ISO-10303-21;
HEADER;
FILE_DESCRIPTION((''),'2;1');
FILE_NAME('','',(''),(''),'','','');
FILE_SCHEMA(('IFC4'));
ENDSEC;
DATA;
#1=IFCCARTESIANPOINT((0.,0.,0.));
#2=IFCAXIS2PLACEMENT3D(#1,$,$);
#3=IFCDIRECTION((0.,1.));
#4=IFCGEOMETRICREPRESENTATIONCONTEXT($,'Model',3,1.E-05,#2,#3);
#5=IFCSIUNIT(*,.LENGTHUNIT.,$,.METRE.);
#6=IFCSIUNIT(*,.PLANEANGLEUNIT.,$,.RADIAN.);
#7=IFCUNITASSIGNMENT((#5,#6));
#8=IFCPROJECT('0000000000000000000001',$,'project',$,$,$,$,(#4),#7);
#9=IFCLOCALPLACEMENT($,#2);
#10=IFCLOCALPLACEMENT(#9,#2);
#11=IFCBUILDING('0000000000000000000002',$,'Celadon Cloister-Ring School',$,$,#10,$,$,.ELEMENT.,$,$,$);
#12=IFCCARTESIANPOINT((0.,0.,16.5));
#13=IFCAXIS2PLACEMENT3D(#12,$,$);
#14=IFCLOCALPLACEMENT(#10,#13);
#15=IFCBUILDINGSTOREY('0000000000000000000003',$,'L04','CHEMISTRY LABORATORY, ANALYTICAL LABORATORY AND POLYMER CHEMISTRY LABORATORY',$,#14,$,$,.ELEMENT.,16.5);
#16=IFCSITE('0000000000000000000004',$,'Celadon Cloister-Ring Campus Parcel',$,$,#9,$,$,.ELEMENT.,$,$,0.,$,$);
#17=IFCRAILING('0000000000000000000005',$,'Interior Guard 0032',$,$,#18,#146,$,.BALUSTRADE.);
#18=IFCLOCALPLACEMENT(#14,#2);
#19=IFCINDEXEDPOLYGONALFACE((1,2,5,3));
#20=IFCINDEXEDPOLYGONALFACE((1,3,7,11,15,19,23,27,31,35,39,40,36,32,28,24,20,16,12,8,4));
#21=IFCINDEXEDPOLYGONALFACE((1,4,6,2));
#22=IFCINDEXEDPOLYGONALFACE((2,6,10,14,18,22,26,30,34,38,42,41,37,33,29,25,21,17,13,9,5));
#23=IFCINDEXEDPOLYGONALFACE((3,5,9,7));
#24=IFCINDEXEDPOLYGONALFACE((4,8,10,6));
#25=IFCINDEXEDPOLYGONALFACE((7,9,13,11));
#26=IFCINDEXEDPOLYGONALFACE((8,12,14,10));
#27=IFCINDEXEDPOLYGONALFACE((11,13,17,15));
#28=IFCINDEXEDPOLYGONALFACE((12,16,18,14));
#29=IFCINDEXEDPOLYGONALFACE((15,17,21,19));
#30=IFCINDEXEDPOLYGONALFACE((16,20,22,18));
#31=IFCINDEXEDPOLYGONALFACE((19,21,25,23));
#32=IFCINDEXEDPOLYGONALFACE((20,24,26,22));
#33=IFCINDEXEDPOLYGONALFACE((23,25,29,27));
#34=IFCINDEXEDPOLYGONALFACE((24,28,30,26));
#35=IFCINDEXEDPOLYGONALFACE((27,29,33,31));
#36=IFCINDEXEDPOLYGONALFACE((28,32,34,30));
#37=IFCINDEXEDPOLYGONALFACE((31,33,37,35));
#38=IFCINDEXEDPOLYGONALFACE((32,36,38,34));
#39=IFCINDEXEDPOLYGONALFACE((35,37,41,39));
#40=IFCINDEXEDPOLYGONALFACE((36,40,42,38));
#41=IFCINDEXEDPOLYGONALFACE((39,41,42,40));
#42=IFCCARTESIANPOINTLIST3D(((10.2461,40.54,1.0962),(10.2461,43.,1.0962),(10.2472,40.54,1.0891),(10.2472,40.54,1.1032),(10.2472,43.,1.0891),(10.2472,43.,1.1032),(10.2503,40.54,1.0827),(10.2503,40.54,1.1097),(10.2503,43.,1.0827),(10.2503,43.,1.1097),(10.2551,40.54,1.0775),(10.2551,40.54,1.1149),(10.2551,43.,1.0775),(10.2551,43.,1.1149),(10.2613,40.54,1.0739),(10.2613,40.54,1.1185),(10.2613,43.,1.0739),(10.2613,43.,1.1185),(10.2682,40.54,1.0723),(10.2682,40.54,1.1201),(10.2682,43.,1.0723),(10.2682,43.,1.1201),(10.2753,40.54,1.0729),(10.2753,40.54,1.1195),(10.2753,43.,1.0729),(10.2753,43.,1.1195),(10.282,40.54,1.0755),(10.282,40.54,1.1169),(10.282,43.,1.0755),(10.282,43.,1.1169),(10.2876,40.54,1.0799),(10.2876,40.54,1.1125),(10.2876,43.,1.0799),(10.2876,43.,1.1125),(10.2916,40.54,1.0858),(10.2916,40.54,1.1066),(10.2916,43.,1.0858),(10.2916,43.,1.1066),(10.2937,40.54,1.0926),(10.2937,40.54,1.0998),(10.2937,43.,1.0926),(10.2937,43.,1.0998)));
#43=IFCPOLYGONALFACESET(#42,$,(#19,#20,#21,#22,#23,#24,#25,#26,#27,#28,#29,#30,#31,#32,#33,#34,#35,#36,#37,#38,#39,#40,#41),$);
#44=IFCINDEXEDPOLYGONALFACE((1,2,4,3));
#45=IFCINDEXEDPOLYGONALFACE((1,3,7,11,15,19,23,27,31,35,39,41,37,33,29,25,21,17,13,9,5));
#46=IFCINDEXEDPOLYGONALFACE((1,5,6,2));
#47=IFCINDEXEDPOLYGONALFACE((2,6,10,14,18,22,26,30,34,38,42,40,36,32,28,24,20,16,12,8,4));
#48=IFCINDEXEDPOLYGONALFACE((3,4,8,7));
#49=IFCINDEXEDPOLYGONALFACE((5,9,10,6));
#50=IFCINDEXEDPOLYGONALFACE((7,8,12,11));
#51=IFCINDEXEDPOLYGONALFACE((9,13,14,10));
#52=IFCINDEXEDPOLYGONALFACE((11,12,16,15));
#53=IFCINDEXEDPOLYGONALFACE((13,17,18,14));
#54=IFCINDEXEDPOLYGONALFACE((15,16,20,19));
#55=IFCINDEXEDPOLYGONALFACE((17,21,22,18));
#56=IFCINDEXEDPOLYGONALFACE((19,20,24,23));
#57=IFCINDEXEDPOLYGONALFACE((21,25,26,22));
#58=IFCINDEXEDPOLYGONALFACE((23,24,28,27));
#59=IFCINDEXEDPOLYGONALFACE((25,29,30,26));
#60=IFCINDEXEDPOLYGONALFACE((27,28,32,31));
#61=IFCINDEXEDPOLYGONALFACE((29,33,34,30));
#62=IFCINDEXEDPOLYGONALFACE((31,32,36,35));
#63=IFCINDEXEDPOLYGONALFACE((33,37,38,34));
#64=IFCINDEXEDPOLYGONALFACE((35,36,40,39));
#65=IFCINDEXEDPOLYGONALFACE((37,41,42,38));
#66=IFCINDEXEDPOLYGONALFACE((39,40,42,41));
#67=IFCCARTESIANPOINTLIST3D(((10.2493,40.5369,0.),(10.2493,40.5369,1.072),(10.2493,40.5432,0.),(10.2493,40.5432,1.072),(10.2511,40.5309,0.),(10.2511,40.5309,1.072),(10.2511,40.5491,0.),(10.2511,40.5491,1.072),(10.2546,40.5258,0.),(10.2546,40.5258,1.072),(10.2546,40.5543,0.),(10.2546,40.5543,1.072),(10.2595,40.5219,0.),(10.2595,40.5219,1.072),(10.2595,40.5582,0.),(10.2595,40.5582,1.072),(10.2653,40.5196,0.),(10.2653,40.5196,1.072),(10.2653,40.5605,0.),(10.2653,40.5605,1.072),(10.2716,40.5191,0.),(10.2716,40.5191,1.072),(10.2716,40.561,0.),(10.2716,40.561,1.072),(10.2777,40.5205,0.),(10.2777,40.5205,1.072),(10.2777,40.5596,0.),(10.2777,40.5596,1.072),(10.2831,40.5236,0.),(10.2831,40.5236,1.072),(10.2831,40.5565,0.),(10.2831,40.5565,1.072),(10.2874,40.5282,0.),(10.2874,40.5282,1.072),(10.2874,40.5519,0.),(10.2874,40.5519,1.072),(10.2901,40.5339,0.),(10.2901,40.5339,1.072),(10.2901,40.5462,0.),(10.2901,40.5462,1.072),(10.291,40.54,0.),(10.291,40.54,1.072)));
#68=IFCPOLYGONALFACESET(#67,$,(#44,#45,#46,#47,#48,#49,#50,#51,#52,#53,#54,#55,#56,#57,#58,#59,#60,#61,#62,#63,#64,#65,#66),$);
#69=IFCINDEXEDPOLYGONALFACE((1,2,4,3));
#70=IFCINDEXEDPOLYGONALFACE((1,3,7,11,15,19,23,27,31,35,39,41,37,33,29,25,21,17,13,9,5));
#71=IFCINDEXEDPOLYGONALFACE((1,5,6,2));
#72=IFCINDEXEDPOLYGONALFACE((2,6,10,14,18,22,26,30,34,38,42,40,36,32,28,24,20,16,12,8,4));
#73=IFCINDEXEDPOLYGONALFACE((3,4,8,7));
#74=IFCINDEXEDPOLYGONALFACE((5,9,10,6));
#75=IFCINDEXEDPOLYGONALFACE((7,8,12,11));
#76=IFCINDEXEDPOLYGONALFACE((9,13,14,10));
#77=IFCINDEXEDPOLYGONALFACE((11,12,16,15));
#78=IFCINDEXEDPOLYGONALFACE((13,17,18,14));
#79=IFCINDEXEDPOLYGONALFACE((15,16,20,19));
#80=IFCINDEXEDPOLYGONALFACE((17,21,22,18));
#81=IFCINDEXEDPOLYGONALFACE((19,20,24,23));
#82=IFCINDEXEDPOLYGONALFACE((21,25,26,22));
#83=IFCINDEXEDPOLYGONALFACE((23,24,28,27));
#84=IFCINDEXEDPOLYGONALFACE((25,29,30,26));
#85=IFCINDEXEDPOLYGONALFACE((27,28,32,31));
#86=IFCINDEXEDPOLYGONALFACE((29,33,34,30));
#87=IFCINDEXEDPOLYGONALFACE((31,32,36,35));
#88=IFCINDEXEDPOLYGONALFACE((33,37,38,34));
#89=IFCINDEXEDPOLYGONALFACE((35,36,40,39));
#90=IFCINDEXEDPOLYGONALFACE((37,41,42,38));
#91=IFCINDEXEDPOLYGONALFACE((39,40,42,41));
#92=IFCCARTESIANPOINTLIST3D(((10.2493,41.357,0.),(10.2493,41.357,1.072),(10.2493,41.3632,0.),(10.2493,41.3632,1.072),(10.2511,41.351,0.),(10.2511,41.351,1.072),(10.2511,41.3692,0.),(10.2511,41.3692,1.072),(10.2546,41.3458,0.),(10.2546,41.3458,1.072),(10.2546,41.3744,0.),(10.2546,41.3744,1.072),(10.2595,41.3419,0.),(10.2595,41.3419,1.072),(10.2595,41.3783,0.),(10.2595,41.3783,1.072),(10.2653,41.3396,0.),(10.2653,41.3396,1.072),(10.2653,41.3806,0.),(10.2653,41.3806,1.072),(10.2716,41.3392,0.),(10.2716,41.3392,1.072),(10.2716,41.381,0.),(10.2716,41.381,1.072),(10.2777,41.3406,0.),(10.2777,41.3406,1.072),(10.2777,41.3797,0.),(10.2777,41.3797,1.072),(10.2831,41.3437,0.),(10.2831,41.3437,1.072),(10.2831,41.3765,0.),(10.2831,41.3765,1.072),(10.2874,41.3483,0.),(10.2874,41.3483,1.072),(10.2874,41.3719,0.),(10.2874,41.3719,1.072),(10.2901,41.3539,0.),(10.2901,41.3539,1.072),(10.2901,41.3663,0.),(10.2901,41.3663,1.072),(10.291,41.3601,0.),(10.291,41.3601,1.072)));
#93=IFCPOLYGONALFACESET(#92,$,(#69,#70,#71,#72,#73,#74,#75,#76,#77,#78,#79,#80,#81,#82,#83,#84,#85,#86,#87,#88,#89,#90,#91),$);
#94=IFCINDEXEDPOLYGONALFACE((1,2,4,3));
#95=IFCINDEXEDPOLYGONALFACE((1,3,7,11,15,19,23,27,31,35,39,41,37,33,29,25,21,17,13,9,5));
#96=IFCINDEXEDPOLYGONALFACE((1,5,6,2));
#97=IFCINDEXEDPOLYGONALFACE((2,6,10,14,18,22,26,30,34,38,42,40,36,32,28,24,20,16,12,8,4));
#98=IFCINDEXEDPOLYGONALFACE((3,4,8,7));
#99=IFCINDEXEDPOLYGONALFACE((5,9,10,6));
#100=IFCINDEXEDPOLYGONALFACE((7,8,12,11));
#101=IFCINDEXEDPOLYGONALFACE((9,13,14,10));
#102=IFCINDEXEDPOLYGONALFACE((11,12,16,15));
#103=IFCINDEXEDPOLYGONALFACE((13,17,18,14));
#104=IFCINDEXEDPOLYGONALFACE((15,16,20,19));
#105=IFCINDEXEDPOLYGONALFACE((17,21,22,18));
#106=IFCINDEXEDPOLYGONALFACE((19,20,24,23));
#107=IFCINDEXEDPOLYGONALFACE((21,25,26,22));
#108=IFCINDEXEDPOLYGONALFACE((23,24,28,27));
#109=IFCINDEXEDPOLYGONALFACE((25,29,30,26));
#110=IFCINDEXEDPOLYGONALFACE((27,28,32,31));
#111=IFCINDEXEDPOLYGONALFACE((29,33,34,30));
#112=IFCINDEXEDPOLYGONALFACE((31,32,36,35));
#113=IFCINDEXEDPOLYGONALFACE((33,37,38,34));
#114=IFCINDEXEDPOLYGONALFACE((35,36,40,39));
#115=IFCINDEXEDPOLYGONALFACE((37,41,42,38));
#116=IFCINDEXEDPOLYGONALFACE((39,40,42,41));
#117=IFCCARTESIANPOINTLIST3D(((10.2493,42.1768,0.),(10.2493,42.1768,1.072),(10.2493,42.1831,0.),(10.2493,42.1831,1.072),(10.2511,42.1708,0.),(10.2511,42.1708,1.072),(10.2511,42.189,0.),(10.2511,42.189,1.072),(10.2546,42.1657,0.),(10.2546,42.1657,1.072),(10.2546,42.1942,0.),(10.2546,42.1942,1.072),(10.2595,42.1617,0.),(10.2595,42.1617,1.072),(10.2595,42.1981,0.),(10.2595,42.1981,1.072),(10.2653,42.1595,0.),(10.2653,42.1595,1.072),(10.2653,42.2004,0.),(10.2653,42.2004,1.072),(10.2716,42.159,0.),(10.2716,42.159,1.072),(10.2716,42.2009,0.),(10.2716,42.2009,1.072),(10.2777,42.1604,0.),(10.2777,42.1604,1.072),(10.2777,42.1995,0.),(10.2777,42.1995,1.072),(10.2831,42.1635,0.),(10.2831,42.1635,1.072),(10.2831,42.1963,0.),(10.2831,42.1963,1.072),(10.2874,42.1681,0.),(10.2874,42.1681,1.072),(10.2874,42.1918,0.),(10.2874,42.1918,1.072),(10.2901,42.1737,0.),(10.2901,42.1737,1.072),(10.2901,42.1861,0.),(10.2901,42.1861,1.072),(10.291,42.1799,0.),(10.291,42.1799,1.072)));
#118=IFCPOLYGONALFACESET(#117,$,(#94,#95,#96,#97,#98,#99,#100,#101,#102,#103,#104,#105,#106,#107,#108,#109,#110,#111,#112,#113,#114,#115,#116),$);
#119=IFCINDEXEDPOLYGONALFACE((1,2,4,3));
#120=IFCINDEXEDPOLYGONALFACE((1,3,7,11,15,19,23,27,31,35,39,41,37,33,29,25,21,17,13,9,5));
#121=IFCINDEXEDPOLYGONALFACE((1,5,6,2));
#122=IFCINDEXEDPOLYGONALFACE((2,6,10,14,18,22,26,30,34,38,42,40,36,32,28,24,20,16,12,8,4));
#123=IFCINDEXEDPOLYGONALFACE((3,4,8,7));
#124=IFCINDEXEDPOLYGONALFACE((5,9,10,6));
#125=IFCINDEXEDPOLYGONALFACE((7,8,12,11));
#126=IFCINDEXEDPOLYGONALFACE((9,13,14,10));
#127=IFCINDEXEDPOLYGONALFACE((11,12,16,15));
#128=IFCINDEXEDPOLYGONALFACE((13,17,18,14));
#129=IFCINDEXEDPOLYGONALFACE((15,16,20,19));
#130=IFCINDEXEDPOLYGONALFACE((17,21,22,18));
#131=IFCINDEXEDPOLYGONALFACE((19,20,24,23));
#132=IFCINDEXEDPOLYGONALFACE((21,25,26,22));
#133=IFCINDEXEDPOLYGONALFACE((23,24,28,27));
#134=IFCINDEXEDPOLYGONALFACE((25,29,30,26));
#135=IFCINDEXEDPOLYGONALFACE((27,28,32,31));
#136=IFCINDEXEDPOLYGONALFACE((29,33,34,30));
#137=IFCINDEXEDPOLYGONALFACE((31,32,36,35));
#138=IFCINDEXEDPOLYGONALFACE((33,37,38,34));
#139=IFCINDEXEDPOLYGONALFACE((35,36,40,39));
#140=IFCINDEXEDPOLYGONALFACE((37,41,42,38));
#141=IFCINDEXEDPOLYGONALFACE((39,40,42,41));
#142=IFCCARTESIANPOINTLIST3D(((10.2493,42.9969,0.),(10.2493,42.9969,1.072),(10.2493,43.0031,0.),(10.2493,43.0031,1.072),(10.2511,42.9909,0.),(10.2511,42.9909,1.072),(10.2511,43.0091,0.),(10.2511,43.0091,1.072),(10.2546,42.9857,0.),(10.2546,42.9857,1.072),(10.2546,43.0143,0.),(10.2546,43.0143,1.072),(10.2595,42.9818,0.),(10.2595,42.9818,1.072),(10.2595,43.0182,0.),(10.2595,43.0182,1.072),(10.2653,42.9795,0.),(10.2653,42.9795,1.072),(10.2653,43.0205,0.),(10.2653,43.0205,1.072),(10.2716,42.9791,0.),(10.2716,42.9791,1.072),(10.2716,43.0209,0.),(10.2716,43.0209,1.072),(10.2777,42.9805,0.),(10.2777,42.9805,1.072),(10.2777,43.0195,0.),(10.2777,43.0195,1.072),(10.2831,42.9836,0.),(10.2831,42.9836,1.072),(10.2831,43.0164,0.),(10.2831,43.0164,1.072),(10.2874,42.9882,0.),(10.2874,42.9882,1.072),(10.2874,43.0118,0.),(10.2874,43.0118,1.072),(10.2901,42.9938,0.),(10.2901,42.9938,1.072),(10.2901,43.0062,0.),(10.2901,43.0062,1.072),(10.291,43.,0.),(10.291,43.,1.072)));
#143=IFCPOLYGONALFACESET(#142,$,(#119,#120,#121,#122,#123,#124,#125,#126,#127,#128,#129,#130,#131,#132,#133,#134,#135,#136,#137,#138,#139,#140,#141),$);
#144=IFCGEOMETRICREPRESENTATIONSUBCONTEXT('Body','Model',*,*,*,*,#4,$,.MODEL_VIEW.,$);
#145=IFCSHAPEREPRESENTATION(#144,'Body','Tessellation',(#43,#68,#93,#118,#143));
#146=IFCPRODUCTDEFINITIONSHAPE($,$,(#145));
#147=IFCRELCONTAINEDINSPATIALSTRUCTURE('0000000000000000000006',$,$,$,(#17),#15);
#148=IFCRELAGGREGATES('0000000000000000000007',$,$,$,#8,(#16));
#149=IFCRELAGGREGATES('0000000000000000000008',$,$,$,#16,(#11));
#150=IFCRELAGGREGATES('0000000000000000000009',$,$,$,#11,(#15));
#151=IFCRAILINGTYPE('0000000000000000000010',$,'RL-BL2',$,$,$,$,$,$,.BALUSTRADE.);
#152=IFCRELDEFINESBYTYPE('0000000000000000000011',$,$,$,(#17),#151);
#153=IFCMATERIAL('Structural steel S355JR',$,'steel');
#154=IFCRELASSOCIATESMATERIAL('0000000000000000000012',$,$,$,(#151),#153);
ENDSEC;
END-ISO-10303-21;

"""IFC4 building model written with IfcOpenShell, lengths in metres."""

from ifc_helpers import new_model, si_unit, direction, frame, origin, origin_2d, place, context, subcontext, project, spatial, circle, extrude, material, type_object, element, save


model = new_model("IFC4")

# Units and contexts
model_context = context("Model", 3, precision=1e-05, world=origin(), true_north=direction((0.0, 1.0)))
body_context = subcontext(model_context, "Body", "Model", "MODEL_VIEW")
ifc_project = project(units=[si_unit("LENGTHUNIT", "METRE"), si_unit("PLANEANGLEUNIT", "RADIAN")], contexts=[model_context])

# Site, building, storey
site_placement = place(None, origin())
site = spatial("IfcSite", under=ifc_project, at=site_placement, Name="Celadon Cloister-Ring Campus Parcel", CompositionType="ELEMENT", RefElevation=0.0)
building_placement = place(site_placement, origin())
building = spatial("IfcBuilding", under=site, at=building_placement, Name="Celadon Cloister-Ring School", CompositionType="ELEMENT")
storey_placement = place(building_placement, frame((0.0, 0.0, 16.5)))
storey = spatial("IfcBuildingStorey", under=building, at=storey_placement, Name="L04", Description="CHEMISTRY LABORATORY, ANALYTICAL LABORATORY AND POLYMER CHEMISTRY LABORATORY", CompositionType="ELEMENT", Elevation=16.5)

# Railing
ifc_material_1 = material(Name="Structural steel S355JR", Category="steel")
railing_type_1 = type_object("IfcRailingType", Name="RL-BL2", PredefinedType="BALUSTRADE", material=ifc_material_1)
railing_1_placement = place(storey_placement, frame((10.27, 40.54, 0.0)))
element("IfcRailing", 1, at=railing_1_placement, inside=storey, type_object=railing_type_1, Name="Interior Guard 0032", PredefinedType="BALUSTRADE", context=body_context, shape_type="SweptSolid", body=[
    extrude(circle(Radius=0.0239, at=origin_2d()), frame((0.0, 0.0, 1.0962), z_axis=(0.0, 1.0, 0.0), x_axis=(-1.0, 0.0, 0.0)), (0.0, 0.0, 1.0), 2.46),
    extrude(circle(Radius=0.021, at=origin_2d()), origin(), (0.0, 0.0, 1.0), 1.072),
    extrude(circle(Radius=0.021, at=origin_2d()), frame((0.0, 0.8201, 0.0)), (0.0, 0.0, 1.0), 1.072),
    extrude(circle(Radius=0.021, at=origin_2d()), frame((0.0, 1.6399, 0.0)), (0.0, 0.0, 1.0), 1.072),
    extrude(circle(Radius=0.021, at=origin_2d()), frame((0.0, 2.46, 0.0)), (0.0, 0.0, 1.0), 1.072),
])

save(model, "model.ifc")
